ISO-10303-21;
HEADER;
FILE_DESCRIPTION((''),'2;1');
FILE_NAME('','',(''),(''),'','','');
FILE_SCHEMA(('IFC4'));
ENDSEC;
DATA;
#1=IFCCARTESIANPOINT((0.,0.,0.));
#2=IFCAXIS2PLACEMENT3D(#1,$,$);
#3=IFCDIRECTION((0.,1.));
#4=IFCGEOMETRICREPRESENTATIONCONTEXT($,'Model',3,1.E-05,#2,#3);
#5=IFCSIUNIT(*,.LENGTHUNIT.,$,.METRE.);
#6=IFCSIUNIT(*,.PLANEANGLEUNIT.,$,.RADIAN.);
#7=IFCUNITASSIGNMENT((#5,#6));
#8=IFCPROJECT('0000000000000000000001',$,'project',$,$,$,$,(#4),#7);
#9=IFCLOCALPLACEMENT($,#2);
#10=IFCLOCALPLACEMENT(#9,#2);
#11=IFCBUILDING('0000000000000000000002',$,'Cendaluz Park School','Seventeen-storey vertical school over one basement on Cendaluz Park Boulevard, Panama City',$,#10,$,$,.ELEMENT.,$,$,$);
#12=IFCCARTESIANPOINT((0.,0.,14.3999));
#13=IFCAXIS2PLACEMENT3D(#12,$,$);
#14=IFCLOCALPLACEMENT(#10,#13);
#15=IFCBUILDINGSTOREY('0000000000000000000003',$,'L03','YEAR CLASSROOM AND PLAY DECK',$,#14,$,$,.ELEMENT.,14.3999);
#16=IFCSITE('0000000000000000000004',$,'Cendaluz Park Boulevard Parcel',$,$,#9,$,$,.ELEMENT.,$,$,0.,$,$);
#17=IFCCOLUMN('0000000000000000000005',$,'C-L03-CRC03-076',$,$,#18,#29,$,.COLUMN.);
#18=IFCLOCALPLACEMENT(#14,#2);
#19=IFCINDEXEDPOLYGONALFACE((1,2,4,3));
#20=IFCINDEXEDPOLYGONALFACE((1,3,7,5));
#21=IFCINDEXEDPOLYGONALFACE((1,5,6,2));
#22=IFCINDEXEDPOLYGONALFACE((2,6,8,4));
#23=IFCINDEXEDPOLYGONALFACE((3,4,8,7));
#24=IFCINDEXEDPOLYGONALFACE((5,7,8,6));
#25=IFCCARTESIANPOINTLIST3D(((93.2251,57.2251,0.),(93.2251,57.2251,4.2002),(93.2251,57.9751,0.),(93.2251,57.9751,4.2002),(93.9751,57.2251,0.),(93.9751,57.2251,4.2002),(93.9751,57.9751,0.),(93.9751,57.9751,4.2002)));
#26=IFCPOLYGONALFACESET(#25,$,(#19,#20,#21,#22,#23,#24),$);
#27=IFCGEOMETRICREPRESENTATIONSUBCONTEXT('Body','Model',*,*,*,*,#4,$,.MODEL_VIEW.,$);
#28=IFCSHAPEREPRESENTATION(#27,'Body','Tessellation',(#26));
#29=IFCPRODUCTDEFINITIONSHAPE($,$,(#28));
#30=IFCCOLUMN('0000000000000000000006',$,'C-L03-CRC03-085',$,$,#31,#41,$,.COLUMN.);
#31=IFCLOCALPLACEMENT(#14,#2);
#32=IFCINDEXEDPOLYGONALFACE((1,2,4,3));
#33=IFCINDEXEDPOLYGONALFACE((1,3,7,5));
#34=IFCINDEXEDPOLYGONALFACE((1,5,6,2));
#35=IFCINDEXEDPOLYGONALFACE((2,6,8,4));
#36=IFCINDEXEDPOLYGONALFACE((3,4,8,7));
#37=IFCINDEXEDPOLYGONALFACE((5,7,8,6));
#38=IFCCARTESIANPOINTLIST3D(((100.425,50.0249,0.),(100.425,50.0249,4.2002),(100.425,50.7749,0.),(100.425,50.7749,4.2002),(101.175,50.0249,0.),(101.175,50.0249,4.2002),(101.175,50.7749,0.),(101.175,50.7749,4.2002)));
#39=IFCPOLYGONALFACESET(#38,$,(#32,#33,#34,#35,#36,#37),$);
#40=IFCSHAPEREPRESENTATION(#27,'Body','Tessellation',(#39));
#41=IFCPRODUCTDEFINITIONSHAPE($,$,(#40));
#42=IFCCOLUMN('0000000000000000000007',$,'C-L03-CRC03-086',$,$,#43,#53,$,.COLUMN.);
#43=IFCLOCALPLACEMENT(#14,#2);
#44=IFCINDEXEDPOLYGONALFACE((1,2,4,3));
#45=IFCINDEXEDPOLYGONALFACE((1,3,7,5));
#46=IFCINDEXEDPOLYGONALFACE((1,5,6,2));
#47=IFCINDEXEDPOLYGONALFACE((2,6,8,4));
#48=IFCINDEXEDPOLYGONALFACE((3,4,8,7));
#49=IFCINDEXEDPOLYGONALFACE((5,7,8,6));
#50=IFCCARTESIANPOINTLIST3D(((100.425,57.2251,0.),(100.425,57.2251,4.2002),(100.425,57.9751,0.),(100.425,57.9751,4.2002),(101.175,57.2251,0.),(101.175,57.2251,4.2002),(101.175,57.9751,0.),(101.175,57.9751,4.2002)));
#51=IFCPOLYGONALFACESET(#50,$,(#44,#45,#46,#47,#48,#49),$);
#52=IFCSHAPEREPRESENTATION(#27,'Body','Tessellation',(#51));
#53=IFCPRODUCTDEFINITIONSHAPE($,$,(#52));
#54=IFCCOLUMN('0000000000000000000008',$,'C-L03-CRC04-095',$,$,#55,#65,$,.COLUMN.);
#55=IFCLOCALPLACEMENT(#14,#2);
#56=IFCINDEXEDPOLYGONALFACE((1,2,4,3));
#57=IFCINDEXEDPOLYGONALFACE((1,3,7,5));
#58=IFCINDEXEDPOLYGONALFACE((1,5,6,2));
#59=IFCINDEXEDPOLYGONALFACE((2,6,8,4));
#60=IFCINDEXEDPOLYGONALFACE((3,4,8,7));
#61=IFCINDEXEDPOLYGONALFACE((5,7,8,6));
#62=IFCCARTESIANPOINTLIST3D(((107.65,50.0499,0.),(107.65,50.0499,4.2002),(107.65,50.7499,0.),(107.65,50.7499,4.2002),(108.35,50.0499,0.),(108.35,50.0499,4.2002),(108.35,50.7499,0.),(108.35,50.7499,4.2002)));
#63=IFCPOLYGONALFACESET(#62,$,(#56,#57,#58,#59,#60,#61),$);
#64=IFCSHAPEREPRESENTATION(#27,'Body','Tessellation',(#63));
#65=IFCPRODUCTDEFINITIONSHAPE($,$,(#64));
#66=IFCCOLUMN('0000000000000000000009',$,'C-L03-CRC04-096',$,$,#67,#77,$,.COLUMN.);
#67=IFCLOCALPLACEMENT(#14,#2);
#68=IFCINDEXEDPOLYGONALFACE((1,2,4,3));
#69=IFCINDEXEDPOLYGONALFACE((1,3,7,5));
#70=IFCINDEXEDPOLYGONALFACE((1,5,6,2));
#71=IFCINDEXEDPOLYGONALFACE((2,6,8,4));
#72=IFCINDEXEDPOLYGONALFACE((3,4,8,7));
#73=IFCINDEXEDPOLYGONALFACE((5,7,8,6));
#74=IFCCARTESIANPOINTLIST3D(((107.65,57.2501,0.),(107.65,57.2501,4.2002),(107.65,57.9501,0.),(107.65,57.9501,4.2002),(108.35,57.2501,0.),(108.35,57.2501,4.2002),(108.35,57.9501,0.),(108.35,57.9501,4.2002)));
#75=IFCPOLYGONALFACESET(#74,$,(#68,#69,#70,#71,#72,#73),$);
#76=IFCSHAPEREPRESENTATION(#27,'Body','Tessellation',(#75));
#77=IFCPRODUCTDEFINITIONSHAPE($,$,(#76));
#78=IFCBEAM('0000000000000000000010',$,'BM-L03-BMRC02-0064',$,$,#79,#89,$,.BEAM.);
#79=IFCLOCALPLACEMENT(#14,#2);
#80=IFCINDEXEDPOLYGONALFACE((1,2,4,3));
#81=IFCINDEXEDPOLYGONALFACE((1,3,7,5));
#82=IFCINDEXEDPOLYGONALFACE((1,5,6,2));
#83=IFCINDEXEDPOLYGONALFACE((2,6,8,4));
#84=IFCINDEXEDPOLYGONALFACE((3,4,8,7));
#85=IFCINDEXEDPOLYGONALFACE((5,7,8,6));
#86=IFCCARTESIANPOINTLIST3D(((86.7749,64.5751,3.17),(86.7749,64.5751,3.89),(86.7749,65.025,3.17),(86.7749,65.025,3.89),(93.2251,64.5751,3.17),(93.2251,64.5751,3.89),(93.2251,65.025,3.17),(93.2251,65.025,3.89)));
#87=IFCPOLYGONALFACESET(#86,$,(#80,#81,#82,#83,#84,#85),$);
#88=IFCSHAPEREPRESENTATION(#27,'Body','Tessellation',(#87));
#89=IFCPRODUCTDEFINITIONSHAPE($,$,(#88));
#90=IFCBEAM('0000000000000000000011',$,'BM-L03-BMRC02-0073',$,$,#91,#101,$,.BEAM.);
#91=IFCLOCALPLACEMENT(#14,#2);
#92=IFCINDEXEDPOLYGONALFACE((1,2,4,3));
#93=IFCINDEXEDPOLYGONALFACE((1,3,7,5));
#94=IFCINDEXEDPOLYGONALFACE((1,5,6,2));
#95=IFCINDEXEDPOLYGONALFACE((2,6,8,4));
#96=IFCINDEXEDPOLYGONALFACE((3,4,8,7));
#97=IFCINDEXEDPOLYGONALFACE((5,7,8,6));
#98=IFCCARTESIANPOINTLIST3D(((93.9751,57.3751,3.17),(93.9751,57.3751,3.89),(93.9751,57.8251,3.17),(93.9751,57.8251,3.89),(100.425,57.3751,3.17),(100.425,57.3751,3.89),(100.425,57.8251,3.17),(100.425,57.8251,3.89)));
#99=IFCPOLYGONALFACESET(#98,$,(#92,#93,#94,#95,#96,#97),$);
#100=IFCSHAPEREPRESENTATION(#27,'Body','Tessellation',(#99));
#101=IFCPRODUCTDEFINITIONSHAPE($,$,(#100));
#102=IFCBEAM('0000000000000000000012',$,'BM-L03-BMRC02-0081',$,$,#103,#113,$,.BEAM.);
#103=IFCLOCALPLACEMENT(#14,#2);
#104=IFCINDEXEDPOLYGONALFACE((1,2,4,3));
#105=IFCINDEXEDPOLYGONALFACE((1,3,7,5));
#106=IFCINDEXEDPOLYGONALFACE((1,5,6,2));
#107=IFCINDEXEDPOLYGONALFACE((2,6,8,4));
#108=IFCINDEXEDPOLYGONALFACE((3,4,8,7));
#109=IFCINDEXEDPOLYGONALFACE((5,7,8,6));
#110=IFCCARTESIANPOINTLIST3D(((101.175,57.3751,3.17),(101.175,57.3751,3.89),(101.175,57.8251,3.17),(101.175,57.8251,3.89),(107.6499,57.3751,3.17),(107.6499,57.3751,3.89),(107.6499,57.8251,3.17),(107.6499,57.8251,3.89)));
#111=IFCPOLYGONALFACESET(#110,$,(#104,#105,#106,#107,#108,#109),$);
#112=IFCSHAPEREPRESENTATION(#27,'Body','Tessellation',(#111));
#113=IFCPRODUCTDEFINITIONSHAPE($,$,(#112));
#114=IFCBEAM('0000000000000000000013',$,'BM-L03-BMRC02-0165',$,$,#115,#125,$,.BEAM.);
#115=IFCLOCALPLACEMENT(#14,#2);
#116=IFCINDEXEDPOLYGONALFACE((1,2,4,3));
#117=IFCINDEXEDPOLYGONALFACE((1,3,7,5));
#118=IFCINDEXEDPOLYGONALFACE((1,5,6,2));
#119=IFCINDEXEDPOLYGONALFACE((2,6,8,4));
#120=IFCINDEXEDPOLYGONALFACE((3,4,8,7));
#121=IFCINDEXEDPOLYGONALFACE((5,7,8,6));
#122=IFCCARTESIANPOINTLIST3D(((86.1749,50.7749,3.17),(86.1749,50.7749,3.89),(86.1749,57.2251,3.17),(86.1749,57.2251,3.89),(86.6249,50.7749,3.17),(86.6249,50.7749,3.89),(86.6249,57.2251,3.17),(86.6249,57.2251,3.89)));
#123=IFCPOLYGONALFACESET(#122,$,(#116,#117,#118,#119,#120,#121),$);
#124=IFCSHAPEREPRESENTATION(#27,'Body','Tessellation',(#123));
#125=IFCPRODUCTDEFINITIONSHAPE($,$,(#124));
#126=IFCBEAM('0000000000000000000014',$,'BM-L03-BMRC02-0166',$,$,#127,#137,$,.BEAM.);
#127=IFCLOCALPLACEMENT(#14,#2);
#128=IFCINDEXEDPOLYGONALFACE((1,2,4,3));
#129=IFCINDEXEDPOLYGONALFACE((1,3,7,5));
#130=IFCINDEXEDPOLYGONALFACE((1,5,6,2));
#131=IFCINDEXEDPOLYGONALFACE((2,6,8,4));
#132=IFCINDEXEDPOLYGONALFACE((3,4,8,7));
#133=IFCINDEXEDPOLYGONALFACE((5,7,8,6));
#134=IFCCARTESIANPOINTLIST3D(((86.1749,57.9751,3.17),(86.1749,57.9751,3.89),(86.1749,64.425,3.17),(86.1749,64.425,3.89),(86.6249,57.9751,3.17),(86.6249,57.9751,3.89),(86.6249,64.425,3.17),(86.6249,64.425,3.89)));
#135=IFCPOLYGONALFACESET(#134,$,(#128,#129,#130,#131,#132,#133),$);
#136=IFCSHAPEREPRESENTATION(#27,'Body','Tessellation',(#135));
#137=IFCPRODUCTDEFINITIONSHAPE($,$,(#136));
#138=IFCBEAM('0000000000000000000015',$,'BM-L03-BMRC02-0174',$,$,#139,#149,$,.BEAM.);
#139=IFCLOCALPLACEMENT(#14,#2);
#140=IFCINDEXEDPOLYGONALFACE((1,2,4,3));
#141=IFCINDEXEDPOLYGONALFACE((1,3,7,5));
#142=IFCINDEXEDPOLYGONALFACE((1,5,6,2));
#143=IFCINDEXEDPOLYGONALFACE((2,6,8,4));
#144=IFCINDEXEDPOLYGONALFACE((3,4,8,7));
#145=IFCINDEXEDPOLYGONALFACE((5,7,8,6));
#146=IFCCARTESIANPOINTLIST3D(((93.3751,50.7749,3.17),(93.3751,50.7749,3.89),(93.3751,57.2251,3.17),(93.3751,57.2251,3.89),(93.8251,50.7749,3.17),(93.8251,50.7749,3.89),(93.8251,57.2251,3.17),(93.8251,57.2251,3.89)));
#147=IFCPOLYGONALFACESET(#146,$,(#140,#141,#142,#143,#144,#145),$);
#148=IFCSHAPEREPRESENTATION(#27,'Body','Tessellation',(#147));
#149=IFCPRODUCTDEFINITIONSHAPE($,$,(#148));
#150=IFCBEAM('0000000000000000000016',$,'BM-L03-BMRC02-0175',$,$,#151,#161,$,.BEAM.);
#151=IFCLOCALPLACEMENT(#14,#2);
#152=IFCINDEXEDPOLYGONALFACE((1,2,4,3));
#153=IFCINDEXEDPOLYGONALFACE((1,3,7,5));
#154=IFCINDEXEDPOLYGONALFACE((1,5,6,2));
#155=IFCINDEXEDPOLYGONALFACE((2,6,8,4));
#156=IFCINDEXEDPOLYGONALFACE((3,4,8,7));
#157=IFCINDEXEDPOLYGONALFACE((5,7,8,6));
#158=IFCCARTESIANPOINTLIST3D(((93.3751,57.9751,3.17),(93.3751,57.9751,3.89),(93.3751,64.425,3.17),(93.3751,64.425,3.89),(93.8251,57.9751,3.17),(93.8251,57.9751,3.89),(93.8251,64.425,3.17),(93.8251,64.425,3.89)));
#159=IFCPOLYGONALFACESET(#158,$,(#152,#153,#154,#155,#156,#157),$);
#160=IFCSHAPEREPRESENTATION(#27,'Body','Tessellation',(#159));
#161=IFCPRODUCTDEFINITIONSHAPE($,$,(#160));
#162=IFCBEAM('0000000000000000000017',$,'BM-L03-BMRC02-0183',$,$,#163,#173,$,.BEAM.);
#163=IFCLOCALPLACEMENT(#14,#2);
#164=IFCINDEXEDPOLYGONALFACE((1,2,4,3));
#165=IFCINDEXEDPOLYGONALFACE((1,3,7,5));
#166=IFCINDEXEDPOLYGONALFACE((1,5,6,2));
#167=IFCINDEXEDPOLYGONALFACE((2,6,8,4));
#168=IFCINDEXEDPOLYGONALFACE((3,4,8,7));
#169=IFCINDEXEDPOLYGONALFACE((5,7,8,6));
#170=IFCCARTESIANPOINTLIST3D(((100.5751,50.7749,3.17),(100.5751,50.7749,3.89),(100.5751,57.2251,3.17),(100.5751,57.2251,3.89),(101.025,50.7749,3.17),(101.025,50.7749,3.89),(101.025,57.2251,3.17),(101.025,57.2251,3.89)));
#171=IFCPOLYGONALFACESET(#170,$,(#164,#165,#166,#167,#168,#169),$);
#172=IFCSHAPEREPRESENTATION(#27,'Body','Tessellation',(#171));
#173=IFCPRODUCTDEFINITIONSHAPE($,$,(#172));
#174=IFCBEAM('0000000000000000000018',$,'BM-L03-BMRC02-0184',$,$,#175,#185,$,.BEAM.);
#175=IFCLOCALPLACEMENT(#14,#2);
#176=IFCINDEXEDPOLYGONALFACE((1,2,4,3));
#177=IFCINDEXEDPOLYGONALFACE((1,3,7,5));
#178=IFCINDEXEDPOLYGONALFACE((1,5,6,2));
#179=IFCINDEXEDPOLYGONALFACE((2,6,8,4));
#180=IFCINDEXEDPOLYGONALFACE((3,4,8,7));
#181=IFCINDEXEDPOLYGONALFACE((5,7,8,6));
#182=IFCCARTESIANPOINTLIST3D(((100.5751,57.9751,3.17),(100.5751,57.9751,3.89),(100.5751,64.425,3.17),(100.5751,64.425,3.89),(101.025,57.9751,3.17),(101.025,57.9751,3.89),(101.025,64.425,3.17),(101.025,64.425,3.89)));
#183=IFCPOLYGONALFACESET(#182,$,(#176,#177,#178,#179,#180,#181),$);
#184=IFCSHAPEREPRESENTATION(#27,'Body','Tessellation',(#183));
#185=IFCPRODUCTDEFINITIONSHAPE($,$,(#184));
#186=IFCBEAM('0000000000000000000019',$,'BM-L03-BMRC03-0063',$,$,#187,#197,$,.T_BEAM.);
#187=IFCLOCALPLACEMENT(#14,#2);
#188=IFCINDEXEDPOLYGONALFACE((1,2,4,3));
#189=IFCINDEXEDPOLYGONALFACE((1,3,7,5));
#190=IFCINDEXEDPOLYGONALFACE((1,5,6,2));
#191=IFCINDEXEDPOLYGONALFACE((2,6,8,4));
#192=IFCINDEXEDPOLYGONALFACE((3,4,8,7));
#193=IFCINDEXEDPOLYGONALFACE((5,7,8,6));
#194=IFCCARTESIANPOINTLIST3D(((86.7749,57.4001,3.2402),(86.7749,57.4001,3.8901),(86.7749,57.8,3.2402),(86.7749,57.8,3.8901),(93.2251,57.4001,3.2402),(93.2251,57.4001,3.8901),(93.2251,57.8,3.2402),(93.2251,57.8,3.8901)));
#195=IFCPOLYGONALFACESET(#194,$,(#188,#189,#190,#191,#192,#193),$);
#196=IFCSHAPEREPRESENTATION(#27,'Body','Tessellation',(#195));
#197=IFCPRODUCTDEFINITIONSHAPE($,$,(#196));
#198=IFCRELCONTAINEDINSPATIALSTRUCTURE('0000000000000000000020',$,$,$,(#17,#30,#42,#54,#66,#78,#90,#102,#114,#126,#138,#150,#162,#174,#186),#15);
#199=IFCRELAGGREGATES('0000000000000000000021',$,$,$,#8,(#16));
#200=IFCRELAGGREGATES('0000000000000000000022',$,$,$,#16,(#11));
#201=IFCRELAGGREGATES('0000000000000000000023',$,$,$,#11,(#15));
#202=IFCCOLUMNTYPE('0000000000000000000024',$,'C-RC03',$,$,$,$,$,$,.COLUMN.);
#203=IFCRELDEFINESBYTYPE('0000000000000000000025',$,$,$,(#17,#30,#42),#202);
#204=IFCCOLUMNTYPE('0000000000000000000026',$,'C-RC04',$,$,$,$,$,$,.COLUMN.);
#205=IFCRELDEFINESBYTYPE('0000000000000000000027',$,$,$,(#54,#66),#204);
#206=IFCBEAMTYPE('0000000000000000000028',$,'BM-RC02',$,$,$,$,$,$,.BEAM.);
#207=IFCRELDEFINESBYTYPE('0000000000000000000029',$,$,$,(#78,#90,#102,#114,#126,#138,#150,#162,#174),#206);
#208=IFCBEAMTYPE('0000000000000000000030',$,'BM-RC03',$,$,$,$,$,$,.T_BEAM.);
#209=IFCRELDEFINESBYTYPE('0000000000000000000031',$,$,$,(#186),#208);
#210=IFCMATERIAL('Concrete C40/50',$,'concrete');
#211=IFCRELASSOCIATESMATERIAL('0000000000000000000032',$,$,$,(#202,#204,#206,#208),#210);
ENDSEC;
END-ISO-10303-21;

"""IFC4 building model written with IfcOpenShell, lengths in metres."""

from ifc_helpers import new_model, si_unit, direction, frame, origin, origin_2d, place, context, subcontext, project, spatial, rectangle, extrude, material, material_profile, profile_set, type_object, element, save


model = new_model("IFC4")

# Units and contexts
model_context = context("Model", 3, precision=1e-05, world=origin(), true_north=direction((0.0, 1.0)))
body_context = subcontext(model_context, "Body", "Model", "MODEL_VIEW")
ifc_project = project(units=[si_unit("LENGTHUNIT", "METRE"), si_unit("PLANEANGLEUNIT", "RADIAN")], contexts=[model_context])

# Site, building, storey
site_placement = place(None, origin())
site = spatial("IfcSite", under=ifc_project, at=site_placement, Name="Cendaluz Park Boulevard Parcel", CompositionType="ELEMENT", RefElevation=0.0)
building_placement = place(site_placement, origin())
building = spatial("IfcBuilding", under=site, at=building_placement, Name="Cendaluz Park School", Description="Seventeen-storey vertical school over one basement on Cendaluz Park Boulevard, Panama City", CompositionType="ELEMENT")
storey_placement = place(building_placement, frame((0.0, 0.0, 14.3999)))
storey = spatial("IfcBuildingStorey", under=building, at=storey_placement, Name="L03", Description="YEAR CLASSROOM AND PLAY DECK", CompositionType="ELEMENT", Elevation=14.3999)

# Columns
ifc_material_1 = material(Name="Concrete C40/50", Category="concrete")
ifc_material_profile_1 = material_profile(ifc_material_1, rectangle(XDim=0.75, YDim=0.75, at=origin_2d()), Name="RC 750x750", Category="concrete")
ifc_profile_set_1 = profile_set([ifc_material_profile_1], Name="Concrete C40/50")
column_type_1 = type_object("IfcColumnType", Name="C-RC03", PredefinedType="COLUMN", material=ifc_profile_set_1)
for number, where, z_axis, x_axis, name in (
    (1, (93.6001, 57.6001, 0.0), (0.0, 0.0, 1.0), (1.0, 0.0, 0.0), "C-L03-CRC03-076"),
    (2, (100.8, 50.3999, 0.0), (0.0, 0.0, 1.0), (1.0, 0.0, 0.0), "C-L03-CRC03-085"),
    (3, (100.8, 57.6001, 0.0), (0.0, 0.0, 1.0), (1.0, 0.0, 0.0), "C-L03-CRC03-086"),
):
    element("IfcColumn", number, at=place(storey_placement, frame(where, z_axis=z_axis, x_axis=x_axis)), inside=storey, type_object=column_type_1, Name=name, PredefinedType="COLUMN", context=body_context, shape_type="SweptSolid", body=[
        extrude(rectangle(XDim=0.75, YDim=0.75, at=origin_2d()), origin(), (0.0, 0.0, 1.0), 4.2002),
    ])
ifc_material_profile_2 = material_profile(ifc_material_1, rectangle(XDim=0.7, YDim=0.7, at=origin_2d()), Name="RC 700x700", Category="concrete")
ifc_profile_set_2 = profile_set([ifc_material_profile_2], Name="Concrete C40/50")
column_type_2 = type_object("IfcColumnType", Name="C-RC04", PredefinedType="COLUMN", material=ifc_profile_set_2)
for number, where, z_axis, x_axis, name in (
    (4, (108.0, 50.3999, 0.0), (0.0, 0.0, 1.0), (1.0, 0.0, 0.0), "C-L03-CRC04-095"),
    (5, (108.0, 57.6001, 0.0), (0.0, 0.0, 1.0), (1.0, 0.0, 0.0), "C-L03-CRC04-096"),
):
    element("IfcColumn", number, at=place(storey_placement, frame(where, z_axis=z_axis, x_axis=x_axis)), inside=storey, type_object=column_type_2, Name=name, PredefinedType="COLUMN", context=body_context, shape_type="SweptSolid", body=[
        extrude(rectangle(XDim=0.7, YDim=0.7, at=origin_2d()), origin(), (0.0, 0.0, 1.0), 4.2002),
    ])

# Beams
ifc_material_profile_3 = material_profile(ifc_material_1, rectangle(XDim=0.45, YDim=0.72, at=origin_2d()), Name="RC 450x720", Category="concrete")
ifc_profile_set_3 = profile_set([ifc_material_profile_3], Name="Concrete C40/50")
beam_type_1 = type_object("IfcBeamType", Name="BM-RC02", PredefinedType="BEAM", material=ifc_profile_set_3)
beam_1_placement = place(storey_placement, frame((86.7749, 64.8, 3.53), z_axis=(1.0, 0.0, 0.0), x_axis=(0.0, 1.0, 0.0)))
element("IfcBeam", 6, at=beam_1_placement, inside=storey, type_object=beam_type_1, Name="BM-L03-BMRC02-0064", PredefinedType="BEAM", context=body_context, shape_type="SweptSolid", body=[
    extrude(rectangle(XDim=0.45, YDim=0.72, at=origin_2d()), origin(), (0.0, 0.0, 1.0), 6.4502),
])
beam_2_placement = place(storey_placement, frame((93.9751, 57.6001, 3.53), z_axis=(1.0, 0.0, 0.0), x_axis=(0.0, 1.0, 0.0)))
element("IfcBeam", 7, at=beam_2_placement, inside=storey, type_object=beam_type_1, Name="BM-L03-BMRC02-0073", PredefinedType="BEAM", context=body_context, shape_type="SweptSolid", body=[
    extrude(rectangle(XDim=0.45, YDim=0.72, at=origin_2d()), origin(), (0.0, 0.0, 1.0), 6.45),
])
beam_3_placement = place(storey_placement, frame((101.175, 57.6001, 3.53), z_axis=(1.0, 0.0, 0.0), x_axis=(0.0, 1.0, 0.0)))
element("IfcBeam", 8, at=beam_3_placement, inside=storey, type_object=beam_type_1, Name="BM-L03-BMRC02-0081", PredefinedType="BEAM", context=body_context, shape_type="SweptSolid", body=[
    extrude(rectangle(XDim=0.45, YDim=0.72, at=origin_2d()), origin(), (0.0, 0.0, 1.0), 6.4749),
])
beam_4_placement = place(storey_placement, frame((86.3999, 50.7749, 3.53), z_axis=(0.0, 1.0, 0.0), x_axis=(-1.0, 0.0, 0.0)))
element("IfcBeam", 9, at=beam_4_placement, inside=storey, type_object=beam_type_1, Name="BM-L03-BMRC02-0165", PredefinedType="BEAM", context=body_context, shape_type="SweptSolid", body=[
    extrude(rectangle(XDim=0.45, YDim=0.72, at=origin_2d()), origin(), (0.0, 0.0, 1.0), 6.4502),
])
beam_5_placement = place(storey_placement, frame((86.3999, 57.9751, 3.53), z_axis=(0.0, 1.0, 0.0), x_axis=(-1.0, 0.0, 0.0)))
element("IfcBeam", 10, at=beam_5_placement, inside=storey, type_object=beam_type_1, Name="BM-L03-BMRC02-0166", PredefinedType="BEAM", context=body_context, shape_type="SweptSolid", body=[
    extrude(rectangle(XDim=0.45, YDim=0.72, at=origin_2d()), origin(), (0.0, 0.0, 1.0), 6.45),
])
beam_6_placement = place(storey_placement, frame((93.6001, 50.7749, 3.53), z_axis=(0.0, 1.0, 0.0), x_axis=(-1.0, 0.0, 0.0)))
element("IfcBeam", 11, at=beam_6_placement, inside=storey, type_object=beam_type_1, Name="BM-L03-BMRC02-0174", PredefinedType="BEAM", context=body_context, shape_type="SweptSolid", body=[
    extrude(rectangle(XDim=0.45, YDim=0.72, at=origin_2d()), origin(), (0.0, 0.0, 1.0), 6.4502),
])
beam_7_placement = place(storey_placement, frame((93.6001, 57.9751, 3.53), z_axis=(0.0, 1.0, 0.0), x_axis=(-1.0, 0.0, 0.0)))
element("IfcBeam", 12, at=beam_7_placement, inside=storey, type_object=beam_type_1, Name="BM-L03-BMRC02-0175", PredefinedType="BEAM", context=body_context, shape_type="SweptSolid", body=[
    extrude(rectangle(XDim=0.45, YDim=0.72, at=origin_2d()), origin(), (0.0, 0.0, 1.0), 6.45),
])
beam_8_placement = place(storey_placement, frame((100.8, 50.7749, 3.53), z_axis=(0.0, 1.0, 0.0), x_axis=(-1.0, 0.0, 0.0)))
element("IfcBeam", 13, at=beam_8_placement, inside=storey, type_object=beam_type_1, Name="BM-L03-BMRC02-0183", PredefinedType="BEAM", context=body_context, shape_type="SweptSolid", body=[
    extrude(rectangle(XDim=0.45, YDim=0.72, at=origin_2d()), origin(), (0.0, 0.0, 1.0), 6.4502),
])
beam_9_placement = place(storey_placement, frame((100.8, 57.9751, 3.53), z_axis=(0.0, 1.0, 0.0), x_axis=(-1.0, 0.0, 0.0)))
element("IfcBeam", 14, at=beam_9_placement, inside=storey, type_object=beam_type_1, Name="BM-L03-BMRC02-0184", PredefinedType="BEAM", context=body_context, shape_type="SweptSolid", body=[
    extrude(rectangle(XDim=0.45, YDim=0.72, at=origin_2d()), origin(), (0.0, 0.0, 1.0), 6.45),
])
ifc_material_profile_4 = material_profile(ifc_material_1, rectangle(XDim=0.3999, YDim=0.6499, at=origin_2d()), Name="RC 400x650", Category="concrete")
ifc_profile_set_4 = profile_set([ifc_material_profile_4], Name="Concrete C40/50")
beam_type_2 = type_object("IfcBeamType", Name="BM-RC03", PredefinedType="T_BEAM", material=ifc_profile_set_4)
beam_10_placement = place(storey_placement, frame((86.7749, 57.6001, 3.5652), z_axis=(1.0, 0.0, 0.0), x_axis=(0.0, 1.0, 0.0)))
element("IfcBeam", 15, at=beam_10_placement, inside=storey, type_object=beam_type_2, Name="BM-L03-BMRC03-0063", PredefinedType="T_BEAM", context=body_context, shape_type="SweptSolid", body=[
    extrude(rectangle(XDim=0.3999, YDim=0.6499, at=origin_2d()), origin(), (0.0, 0.0, 1.0), 6.4502),
])

save(model, "model.ifc")
